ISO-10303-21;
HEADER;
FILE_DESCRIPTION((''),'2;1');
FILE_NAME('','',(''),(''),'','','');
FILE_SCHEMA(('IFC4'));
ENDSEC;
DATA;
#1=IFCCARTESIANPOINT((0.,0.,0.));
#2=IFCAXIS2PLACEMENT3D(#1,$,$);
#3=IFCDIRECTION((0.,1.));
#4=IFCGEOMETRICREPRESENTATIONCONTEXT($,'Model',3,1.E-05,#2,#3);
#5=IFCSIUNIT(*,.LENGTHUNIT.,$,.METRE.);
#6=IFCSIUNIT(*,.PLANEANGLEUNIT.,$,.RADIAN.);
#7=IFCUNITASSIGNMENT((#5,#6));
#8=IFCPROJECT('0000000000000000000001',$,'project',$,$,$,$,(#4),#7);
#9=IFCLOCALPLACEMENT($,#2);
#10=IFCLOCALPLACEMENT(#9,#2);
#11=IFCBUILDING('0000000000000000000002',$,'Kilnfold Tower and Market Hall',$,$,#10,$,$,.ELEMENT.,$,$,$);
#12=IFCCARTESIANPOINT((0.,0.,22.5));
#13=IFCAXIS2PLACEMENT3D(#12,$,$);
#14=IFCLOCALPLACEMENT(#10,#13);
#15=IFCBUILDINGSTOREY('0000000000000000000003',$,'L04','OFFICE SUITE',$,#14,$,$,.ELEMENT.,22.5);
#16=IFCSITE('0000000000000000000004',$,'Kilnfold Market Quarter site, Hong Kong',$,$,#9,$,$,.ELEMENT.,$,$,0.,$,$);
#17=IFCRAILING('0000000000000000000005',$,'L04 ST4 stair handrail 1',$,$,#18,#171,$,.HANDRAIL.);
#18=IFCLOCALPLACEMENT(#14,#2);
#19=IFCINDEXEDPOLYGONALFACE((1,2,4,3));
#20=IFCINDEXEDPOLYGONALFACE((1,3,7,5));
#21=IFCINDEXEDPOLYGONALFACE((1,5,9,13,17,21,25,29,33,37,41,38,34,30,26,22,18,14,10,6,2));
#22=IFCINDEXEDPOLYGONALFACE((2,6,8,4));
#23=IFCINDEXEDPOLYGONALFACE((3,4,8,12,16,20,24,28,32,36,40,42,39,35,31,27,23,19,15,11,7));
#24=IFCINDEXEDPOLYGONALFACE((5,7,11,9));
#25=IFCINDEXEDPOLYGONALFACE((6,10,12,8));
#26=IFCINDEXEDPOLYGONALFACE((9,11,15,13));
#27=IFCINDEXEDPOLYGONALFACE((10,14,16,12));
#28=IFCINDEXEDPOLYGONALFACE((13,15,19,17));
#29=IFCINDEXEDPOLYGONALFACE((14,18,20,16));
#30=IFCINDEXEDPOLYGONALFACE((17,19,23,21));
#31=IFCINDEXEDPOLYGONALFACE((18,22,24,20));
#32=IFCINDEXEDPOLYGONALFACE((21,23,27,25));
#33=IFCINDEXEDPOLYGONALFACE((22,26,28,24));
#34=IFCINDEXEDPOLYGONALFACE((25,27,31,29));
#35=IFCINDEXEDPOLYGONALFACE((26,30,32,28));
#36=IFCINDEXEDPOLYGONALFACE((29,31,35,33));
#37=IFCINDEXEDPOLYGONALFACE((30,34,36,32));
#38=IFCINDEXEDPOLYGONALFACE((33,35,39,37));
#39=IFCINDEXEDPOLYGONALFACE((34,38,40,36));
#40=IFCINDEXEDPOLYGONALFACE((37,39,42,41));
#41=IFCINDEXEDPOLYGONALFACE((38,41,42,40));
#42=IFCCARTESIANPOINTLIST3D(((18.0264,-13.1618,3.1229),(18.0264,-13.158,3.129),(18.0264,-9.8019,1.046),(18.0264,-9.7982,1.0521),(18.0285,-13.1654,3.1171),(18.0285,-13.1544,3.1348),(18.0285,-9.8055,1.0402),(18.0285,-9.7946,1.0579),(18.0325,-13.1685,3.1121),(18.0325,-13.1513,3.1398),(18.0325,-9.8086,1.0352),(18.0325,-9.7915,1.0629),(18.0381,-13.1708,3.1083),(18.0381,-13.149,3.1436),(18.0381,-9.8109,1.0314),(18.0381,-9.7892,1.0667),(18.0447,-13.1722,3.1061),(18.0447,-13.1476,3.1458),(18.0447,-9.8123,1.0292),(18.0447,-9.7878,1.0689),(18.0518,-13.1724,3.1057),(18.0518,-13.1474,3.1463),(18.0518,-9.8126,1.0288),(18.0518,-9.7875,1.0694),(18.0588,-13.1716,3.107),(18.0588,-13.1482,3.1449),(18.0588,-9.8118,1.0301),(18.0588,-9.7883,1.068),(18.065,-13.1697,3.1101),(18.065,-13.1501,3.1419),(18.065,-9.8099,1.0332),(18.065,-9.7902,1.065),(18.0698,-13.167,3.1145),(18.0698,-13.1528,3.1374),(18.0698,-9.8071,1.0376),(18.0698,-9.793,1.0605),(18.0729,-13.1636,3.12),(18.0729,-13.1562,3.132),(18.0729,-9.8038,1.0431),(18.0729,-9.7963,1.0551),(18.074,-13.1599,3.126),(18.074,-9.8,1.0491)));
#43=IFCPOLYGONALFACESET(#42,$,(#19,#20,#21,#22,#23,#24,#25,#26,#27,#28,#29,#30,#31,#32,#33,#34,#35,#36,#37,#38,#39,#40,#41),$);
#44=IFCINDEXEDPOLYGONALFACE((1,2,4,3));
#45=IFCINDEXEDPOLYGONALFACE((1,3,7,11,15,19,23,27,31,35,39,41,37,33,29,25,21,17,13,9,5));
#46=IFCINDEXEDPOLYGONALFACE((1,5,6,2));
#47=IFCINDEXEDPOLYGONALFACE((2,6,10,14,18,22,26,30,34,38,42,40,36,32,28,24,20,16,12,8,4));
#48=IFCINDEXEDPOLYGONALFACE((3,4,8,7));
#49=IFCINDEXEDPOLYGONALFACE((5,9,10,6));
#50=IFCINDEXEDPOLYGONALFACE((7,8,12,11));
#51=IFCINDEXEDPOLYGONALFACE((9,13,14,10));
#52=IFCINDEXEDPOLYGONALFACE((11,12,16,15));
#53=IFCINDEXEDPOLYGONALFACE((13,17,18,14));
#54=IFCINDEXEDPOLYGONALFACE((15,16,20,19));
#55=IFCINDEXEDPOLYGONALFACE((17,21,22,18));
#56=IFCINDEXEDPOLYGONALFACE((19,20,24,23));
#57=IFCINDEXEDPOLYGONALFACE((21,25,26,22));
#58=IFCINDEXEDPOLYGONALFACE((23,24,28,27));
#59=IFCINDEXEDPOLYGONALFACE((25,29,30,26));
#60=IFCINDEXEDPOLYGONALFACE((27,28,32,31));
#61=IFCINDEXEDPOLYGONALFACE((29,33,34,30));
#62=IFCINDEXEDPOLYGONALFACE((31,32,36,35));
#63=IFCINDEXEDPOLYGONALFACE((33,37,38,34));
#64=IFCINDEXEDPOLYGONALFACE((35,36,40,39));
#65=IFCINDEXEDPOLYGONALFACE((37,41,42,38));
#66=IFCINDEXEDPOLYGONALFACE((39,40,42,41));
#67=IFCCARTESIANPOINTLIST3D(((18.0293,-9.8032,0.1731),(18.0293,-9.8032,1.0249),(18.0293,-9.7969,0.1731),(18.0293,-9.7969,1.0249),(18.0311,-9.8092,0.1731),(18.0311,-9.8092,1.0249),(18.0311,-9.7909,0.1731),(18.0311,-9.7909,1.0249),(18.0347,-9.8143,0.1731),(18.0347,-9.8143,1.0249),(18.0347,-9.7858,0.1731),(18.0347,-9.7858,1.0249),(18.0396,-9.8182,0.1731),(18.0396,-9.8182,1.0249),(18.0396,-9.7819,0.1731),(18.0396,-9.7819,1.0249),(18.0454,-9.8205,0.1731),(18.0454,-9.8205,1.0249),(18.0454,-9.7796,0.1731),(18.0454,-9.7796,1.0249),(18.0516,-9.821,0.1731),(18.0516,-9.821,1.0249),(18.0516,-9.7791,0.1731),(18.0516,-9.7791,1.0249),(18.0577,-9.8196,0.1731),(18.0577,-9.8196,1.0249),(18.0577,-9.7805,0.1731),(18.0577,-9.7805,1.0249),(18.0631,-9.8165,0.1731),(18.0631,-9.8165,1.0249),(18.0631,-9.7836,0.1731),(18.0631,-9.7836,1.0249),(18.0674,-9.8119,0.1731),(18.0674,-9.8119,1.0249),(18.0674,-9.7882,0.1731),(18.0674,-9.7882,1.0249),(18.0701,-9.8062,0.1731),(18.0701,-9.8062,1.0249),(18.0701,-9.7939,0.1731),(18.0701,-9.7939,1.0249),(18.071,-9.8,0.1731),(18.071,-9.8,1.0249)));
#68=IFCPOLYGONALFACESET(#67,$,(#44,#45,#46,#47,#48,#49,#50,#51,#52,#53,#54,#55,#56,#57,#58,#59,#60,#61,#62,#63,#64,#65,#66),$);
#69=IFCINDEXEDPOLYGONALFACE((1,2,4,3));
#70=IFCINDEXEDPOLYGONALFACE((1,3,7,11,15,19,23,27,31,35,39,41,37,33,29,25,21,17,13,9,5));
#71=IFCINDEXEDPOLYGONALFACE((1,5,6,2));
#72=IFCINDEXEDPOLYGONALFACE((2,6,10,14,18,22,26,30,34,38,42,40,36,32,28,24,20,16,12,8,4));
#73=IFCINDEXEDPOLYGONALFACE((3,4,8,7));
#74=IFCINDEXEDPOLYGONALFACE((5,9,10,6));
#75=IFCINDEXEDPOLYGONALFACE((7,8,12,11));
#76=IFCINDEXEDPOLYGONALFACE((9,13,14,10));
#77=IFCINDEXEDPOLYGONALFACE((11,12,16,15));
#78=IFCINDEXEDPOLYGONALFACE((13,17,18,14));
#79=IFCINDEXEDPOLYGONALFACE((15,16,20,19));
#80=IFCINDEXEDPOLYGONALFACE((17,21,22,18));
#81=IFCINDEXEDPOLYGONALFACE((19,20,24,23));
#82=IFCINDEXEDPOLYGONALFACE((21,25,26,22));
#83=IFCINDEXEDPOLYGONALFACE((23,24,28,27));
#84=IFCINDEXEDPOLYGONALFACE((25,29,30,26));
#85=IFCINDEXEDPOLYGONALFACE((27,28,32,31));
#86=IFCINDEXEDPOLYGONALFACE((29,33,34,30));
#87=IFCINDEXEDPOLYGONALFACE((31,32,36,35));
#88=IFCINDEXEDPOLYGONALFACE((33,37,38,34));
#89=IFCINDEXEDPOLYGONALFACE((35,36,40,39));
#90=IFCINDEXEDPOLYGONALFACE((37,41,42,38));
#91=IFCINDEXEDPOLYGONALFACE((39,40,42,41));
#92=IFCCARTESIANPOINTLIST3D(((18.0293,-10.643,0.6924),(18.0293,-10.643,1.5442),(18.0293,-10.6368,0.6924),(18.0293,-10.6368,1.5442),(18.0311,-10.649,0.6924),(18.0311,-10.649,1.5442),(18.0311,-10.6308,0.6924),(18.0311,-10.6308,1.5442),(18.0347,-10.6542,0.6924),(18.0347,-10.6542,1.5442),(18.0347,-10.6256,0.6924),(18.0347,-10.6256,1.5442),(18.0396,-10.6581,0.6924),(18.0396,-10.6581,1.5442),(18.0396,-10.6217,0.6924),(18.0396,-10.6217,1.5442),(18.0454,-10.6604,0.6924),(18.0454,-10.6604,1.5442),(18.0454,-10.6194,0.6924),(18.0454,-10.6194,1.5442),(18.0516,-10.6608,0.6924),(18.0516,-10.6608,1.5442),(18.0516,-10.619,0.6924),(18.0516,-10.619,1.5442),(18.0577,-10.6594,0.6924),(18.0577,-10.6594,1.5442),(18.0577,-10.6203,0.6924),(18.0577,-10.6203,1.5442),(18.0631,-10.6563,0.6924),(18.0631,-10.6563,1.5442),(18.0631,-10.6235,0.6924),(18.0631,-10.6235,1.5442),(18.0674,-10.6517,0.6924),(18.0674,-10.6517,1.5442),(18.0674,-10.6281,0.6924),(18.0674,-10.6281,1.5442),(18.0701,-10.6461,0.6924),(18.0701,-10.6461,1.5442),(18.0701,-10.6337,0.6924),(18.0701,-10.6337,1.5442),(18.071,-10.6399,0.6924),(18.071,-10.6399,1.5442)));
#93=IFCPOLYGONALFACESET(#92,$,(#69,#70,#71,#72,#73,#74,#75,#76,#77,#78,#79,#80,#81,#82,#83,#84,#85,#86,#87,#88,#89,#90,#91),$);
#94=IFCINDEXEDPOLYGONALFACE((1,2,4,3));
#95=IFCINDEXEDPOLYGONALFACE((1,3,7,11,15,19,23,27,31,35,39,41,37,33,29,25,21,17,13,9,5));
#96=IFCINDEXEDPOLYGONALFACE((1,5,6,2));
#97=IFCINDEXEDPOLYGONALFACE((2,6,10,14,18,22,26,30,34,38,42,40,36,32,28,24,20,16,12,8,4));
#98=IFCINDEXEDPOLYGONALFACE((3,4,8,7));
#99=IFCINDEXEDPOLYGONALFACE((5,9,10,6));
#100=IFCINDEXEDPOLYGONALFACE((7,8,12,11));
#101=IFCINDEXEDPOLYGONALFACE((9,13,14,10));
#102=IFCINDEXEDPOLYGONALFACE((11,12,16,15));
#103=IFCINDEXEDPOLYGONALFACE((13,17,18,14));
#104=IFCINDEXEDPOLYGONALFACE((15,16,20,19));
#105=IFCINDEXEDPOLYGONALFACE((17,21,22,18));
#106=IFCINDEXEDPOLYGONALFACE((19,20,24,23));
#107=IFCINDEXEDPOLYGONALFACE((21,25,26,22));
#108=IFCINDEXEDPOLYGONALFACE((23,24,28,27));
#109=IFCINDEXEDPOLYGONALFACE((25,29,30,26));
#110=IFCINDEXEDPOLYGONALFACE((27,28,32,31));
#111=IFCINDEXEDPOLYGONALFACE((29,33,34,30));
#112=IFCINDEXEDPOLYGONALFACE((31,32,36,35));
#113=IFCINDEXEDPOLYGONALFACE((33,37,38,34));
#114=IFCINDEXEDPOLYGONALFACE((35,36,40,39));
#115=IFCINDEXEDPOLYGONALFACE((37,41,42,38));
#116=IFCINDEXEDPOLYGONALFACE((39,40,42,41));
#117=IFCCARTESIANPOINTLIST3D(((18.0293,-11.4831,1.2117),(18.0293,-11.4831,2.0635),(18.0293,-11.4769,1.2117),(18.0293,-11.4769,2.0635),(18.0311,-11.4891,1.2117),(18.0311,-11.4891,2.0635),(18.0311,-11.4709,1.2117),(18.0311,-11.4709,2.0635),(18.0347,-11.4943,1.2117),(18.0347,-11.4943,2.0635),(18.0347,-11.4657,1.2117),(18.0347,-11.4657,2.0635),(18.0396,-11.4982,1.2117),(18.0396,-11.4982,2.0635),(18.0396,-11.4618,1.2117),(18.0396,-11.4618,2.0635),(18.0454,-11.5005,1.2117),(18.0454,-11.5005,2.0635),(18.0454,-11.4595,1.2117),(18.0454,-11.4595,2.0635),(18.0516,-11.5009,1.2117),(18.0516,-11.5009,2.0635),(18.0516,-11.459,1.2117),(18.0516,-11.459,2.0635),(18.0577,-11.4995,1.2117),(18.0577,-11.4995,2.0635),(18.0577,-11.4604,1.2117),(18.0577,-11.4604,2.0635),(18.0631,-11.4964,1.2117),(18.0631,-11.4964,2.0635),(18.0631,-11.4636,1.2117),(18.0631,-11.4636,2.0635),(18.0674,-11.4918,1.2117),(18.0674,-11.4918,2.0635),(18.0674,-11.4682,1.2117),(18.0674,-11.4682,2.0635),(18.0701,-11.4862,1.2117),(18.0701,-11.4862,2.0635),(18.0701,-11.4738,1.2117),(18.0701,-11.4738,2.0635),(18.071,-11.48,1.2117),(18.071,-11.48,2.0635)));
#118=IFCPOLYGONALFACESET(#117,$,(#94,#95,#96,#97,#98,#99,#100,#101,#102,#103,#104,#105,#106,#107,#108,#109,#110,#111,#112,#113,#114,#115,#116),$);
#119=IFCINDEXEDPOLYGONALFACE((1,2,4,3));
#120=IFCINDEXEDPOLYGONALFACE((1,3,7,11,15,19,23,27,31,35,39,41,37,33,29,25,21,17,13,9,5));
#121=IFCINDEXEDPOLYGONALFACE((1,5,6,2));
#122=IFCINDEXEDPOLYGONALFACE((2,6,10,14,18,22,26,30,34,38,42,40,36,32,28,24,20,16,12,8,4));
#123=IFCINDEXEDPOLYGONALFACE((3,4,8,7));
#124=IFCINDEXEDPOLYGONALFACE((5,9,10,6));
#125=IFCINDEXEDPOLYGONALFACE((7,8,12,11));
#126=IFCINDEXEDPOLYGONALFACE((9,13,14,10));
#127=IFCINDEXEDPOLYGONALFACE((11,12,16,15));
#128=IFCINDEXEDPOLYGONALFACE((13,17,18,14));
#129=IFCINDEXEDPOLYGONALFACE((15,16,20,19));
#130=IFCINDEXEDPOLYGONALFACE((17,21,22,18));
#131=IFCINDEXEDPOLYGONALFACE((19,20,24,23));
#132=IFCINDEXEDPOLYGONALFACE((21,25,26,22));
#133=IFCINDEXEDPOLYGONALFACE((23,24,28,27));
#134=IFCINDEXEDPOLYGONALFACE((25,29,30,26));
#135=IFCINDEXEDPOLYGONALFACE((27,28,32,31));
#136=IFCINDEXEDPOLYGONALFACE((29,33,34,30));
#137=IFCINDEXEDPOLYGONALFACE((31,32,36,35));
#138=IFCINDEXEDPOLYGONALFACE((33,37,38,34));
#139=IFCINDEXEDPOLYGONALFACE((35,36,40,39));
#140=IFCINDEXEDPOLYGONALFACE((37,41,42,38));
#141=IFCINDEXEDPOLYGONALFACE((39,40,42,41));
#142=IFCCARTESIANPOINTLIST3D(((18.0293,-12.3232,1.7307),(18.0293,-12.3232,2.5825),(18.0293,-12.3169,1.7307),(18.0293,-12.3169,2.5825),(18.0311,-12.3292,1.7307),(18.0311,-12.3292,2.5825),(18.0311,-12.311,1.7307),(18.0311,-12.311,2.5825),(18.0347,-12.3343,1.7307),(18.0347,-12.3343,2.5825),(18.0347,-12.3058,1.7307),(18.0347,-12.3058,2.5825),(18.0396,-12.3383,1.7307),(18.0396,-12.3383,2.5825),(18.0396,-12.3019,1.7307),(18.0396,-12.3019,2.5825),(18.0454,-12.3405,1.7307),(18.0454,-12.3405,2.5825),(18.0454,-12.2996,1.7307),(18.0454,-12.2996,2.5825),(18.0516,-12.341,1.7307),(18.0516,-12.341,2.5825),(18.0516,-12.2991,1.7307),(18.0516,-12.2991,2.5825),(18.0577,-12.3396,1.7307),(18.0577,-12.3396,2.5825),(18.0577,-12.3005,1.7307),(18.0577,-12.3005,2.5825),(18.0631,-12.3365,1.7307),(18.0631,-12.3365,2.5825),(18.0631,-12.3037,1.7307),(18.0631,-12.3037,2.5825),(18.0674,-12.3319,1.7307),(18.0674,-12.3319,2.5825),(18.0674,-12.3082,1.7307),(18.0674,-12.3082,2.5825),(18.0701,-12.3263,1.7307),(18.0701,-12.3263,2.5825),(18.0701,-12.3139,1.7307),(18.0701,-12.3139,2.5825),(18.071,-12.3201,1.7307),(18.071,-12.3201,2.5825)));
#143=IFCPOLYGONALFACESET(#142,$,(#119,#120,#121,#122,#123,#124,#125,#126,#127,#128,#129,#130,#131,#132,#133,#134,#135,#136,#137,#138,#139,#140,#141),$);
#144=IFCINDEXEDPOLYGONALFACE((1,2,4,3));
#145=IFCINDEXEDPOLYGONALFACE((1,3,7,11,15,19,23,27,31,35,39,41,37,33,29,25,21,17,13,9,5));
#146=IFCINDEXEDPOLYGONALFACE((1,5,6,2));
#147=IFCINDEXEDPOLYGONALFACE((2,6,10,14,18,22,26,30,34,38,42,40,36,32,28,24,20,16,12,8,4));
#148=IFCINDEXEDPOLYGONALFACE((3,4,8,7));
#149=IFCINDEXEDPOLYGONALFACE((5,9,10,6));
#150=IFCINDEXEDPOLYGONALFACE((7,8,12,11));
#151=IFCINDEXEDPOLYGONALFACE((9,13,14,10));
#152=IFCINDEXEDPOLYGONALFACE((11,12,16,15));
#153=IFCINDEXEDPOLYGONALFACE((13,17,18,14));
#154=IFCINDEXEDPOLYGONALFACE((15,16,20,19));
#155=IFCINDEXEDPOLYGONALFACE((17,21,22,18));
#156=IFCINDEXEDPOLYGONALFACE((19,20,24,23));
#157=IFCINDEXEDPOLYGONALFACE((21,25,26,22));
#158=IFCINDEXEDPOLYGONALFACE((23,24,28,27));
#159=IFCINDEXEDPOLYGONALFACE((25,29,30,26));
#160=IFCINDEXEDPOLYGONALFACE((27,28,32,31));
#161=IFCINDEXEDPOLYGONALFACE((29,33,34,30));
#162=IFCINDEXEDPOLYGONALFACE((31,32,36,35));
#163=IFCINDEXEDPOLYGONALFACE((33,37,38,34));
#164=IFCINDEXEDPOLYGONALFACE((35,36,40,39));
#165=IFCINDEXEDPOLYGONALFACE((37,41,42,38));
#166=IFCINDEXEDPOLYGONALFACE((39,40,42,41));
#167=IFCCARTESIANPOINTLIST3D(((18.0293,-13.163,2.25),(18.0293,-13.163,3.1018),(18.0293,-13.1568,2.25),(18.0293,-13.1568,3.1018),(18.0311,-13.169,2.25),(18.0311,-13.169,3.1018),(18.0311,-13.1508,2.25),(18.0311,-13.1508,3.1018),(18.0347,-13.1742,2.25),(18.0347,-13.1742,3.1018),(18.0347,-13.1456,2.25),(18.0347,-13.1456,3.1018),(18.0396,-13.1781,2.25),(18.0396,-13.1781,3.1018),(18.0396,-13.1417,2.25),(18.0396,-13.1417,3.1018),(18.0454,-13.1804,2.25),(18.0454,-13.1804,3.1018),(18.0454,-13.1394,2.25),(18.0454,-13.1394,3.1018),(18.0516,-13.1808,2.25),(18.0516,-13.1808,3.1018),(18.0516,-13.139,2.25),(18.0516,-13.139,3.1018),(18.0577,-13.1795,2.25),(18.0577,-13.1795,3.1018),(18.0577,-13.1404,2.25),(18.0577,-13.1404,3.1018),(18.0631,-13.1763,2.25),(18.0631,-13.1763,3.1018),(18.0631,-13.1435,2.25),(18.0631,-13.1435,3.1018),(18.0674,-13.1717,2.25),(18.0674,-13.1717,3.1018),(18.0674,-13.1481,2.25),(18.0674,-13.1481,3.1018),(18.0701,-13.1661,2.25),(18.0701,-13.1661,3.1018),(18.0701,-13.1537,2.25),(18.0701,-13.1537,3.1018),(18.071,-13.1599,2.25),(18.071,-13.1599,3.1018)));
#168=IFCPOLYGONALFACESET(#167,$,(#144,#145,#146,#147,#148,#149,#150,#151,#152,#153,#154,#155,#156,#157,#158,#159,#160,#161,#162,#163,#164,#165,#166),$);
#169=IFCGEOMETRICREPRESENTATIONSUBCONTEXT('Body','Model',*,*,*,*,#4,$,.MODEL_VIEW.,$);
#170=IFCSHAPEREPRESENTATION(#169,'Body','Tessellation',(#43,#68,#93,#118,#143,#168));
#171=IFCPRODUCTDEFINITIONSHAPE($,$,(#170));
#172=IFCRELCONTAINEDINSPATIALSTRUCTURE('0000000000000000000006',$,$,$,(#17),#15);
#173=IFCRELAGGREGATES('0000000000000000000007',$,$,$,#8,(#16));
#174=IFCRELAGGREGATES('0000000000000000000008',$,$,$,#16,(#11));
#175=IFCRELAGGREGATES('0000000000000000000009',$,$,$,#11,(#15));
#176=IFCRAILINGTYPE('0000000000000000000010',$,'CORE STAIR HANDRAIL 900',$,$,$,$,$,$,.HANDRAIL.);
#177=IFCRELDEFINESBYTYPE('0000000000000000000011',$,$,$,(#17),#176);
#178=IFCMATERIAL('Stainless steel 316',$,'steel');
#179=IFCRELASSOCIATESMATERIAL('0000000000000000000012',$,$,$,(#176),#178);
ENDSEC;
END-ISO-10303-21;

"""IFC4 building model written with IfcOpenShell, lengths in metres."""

from ifc_helpers import new_model, si_unit, direction, frame, origin, origin_2d, place, context, subcontext, project, spatial, circle, extrude, material, type_object, element, save


model = new_model("IFC4")

# Units and contexts
model_context = context("Model", 3, precision=1e-05, world=origin(), true_north=direction((0.0, 1.0)))
body_context = subcontext(model_context, "Body", "Model", "MODEL_VIEW")
ifc_project = project(units=[si_unit("LENGTHUNIT", "METRE"), si_unit("PLANEANGLEUNIT", "RADIAN")], contexts=[model_context])

# Site, building, storey
site_placement = place(None, origin())
site = spatial("IfcSite", under=ifc_project, at=site_placement, Name="Kilnfold Market Quarter site, Hong Kong", CompositionType="ELEMENT", RefElevation=0.0)
building_placement = place(site_placement, origin())
building = spatial("IfcBuilding", under=site, at=building_placement, Name="Kilnfold Tower and Market Hall", CompositionType="ELEMENT")
storey_placement = place(building_placement, frame((0.0, 0.0, 22.5)))
storey = spatial("IfcBuildingStorey", under=building, at=storey_placement, Name="L04", Description="OFFICE SUITE", CompositionType="ELEMENT", Elevation=22.5)

# Railing
ifc_material_1 = material(Name="Stainless steel 316", Category="steel")
railing_type_1 = type_object("IfcRailingType", Name="CORE STAIR HANDRAIL 900", PredefinedType="HANDRAIL", material=ifc_material_1)
railing_1_placement = place(storey_placement, frame((18.05, -9.8, 0.1731)))
element("IfcRailing", 1, at=railing_1_placement, inside=storey, type_object=railing_type_1, Name="L04 ST4 stair handrail 1", PredefinedType="HANDRAIL", context=body_context, shape_type="SweptSolid", body=[
    extrude(circle(Radius=0.0239, at=origin_2d()), frame((0.0, 0.0, 0.876), z_axis=(0.0, -0.850606, 0.525803), x_axis=(1.0, 0.0, 0.0)), (0.0, 0.0, 1.0), 3.95),
    extrude(circle(Radius=0.021, at=origin_2d()), origin(), (0.0, 0.0, 1.0), 0.8518),
    extrude(circle(Radius=0.021, at=origin_2d()), frame((0.0, -0.8398, 0.5193)), (0.0, 0.0, 1.0), 0.8518),
    extrude(circle(Radius=0.021, at=origin_2d()), frame((0.0, -1.6799, 1.0386)), (0.0, 0.0, 1.0), 0.8518),
    extrude(circle(Radius=0.021, at=origin_2d()), frame((0.0, -2.52, 1.5576)), (0.0, 0.0, 1.0), 0.8518),
    extrude(circle(Radius=0.021, at=origin_2d()), frame((0.0, -3.3599, 2.0769)), (0.0, 0.0, 1.0), 0.8518),
])

save(model, "model.ifc")
